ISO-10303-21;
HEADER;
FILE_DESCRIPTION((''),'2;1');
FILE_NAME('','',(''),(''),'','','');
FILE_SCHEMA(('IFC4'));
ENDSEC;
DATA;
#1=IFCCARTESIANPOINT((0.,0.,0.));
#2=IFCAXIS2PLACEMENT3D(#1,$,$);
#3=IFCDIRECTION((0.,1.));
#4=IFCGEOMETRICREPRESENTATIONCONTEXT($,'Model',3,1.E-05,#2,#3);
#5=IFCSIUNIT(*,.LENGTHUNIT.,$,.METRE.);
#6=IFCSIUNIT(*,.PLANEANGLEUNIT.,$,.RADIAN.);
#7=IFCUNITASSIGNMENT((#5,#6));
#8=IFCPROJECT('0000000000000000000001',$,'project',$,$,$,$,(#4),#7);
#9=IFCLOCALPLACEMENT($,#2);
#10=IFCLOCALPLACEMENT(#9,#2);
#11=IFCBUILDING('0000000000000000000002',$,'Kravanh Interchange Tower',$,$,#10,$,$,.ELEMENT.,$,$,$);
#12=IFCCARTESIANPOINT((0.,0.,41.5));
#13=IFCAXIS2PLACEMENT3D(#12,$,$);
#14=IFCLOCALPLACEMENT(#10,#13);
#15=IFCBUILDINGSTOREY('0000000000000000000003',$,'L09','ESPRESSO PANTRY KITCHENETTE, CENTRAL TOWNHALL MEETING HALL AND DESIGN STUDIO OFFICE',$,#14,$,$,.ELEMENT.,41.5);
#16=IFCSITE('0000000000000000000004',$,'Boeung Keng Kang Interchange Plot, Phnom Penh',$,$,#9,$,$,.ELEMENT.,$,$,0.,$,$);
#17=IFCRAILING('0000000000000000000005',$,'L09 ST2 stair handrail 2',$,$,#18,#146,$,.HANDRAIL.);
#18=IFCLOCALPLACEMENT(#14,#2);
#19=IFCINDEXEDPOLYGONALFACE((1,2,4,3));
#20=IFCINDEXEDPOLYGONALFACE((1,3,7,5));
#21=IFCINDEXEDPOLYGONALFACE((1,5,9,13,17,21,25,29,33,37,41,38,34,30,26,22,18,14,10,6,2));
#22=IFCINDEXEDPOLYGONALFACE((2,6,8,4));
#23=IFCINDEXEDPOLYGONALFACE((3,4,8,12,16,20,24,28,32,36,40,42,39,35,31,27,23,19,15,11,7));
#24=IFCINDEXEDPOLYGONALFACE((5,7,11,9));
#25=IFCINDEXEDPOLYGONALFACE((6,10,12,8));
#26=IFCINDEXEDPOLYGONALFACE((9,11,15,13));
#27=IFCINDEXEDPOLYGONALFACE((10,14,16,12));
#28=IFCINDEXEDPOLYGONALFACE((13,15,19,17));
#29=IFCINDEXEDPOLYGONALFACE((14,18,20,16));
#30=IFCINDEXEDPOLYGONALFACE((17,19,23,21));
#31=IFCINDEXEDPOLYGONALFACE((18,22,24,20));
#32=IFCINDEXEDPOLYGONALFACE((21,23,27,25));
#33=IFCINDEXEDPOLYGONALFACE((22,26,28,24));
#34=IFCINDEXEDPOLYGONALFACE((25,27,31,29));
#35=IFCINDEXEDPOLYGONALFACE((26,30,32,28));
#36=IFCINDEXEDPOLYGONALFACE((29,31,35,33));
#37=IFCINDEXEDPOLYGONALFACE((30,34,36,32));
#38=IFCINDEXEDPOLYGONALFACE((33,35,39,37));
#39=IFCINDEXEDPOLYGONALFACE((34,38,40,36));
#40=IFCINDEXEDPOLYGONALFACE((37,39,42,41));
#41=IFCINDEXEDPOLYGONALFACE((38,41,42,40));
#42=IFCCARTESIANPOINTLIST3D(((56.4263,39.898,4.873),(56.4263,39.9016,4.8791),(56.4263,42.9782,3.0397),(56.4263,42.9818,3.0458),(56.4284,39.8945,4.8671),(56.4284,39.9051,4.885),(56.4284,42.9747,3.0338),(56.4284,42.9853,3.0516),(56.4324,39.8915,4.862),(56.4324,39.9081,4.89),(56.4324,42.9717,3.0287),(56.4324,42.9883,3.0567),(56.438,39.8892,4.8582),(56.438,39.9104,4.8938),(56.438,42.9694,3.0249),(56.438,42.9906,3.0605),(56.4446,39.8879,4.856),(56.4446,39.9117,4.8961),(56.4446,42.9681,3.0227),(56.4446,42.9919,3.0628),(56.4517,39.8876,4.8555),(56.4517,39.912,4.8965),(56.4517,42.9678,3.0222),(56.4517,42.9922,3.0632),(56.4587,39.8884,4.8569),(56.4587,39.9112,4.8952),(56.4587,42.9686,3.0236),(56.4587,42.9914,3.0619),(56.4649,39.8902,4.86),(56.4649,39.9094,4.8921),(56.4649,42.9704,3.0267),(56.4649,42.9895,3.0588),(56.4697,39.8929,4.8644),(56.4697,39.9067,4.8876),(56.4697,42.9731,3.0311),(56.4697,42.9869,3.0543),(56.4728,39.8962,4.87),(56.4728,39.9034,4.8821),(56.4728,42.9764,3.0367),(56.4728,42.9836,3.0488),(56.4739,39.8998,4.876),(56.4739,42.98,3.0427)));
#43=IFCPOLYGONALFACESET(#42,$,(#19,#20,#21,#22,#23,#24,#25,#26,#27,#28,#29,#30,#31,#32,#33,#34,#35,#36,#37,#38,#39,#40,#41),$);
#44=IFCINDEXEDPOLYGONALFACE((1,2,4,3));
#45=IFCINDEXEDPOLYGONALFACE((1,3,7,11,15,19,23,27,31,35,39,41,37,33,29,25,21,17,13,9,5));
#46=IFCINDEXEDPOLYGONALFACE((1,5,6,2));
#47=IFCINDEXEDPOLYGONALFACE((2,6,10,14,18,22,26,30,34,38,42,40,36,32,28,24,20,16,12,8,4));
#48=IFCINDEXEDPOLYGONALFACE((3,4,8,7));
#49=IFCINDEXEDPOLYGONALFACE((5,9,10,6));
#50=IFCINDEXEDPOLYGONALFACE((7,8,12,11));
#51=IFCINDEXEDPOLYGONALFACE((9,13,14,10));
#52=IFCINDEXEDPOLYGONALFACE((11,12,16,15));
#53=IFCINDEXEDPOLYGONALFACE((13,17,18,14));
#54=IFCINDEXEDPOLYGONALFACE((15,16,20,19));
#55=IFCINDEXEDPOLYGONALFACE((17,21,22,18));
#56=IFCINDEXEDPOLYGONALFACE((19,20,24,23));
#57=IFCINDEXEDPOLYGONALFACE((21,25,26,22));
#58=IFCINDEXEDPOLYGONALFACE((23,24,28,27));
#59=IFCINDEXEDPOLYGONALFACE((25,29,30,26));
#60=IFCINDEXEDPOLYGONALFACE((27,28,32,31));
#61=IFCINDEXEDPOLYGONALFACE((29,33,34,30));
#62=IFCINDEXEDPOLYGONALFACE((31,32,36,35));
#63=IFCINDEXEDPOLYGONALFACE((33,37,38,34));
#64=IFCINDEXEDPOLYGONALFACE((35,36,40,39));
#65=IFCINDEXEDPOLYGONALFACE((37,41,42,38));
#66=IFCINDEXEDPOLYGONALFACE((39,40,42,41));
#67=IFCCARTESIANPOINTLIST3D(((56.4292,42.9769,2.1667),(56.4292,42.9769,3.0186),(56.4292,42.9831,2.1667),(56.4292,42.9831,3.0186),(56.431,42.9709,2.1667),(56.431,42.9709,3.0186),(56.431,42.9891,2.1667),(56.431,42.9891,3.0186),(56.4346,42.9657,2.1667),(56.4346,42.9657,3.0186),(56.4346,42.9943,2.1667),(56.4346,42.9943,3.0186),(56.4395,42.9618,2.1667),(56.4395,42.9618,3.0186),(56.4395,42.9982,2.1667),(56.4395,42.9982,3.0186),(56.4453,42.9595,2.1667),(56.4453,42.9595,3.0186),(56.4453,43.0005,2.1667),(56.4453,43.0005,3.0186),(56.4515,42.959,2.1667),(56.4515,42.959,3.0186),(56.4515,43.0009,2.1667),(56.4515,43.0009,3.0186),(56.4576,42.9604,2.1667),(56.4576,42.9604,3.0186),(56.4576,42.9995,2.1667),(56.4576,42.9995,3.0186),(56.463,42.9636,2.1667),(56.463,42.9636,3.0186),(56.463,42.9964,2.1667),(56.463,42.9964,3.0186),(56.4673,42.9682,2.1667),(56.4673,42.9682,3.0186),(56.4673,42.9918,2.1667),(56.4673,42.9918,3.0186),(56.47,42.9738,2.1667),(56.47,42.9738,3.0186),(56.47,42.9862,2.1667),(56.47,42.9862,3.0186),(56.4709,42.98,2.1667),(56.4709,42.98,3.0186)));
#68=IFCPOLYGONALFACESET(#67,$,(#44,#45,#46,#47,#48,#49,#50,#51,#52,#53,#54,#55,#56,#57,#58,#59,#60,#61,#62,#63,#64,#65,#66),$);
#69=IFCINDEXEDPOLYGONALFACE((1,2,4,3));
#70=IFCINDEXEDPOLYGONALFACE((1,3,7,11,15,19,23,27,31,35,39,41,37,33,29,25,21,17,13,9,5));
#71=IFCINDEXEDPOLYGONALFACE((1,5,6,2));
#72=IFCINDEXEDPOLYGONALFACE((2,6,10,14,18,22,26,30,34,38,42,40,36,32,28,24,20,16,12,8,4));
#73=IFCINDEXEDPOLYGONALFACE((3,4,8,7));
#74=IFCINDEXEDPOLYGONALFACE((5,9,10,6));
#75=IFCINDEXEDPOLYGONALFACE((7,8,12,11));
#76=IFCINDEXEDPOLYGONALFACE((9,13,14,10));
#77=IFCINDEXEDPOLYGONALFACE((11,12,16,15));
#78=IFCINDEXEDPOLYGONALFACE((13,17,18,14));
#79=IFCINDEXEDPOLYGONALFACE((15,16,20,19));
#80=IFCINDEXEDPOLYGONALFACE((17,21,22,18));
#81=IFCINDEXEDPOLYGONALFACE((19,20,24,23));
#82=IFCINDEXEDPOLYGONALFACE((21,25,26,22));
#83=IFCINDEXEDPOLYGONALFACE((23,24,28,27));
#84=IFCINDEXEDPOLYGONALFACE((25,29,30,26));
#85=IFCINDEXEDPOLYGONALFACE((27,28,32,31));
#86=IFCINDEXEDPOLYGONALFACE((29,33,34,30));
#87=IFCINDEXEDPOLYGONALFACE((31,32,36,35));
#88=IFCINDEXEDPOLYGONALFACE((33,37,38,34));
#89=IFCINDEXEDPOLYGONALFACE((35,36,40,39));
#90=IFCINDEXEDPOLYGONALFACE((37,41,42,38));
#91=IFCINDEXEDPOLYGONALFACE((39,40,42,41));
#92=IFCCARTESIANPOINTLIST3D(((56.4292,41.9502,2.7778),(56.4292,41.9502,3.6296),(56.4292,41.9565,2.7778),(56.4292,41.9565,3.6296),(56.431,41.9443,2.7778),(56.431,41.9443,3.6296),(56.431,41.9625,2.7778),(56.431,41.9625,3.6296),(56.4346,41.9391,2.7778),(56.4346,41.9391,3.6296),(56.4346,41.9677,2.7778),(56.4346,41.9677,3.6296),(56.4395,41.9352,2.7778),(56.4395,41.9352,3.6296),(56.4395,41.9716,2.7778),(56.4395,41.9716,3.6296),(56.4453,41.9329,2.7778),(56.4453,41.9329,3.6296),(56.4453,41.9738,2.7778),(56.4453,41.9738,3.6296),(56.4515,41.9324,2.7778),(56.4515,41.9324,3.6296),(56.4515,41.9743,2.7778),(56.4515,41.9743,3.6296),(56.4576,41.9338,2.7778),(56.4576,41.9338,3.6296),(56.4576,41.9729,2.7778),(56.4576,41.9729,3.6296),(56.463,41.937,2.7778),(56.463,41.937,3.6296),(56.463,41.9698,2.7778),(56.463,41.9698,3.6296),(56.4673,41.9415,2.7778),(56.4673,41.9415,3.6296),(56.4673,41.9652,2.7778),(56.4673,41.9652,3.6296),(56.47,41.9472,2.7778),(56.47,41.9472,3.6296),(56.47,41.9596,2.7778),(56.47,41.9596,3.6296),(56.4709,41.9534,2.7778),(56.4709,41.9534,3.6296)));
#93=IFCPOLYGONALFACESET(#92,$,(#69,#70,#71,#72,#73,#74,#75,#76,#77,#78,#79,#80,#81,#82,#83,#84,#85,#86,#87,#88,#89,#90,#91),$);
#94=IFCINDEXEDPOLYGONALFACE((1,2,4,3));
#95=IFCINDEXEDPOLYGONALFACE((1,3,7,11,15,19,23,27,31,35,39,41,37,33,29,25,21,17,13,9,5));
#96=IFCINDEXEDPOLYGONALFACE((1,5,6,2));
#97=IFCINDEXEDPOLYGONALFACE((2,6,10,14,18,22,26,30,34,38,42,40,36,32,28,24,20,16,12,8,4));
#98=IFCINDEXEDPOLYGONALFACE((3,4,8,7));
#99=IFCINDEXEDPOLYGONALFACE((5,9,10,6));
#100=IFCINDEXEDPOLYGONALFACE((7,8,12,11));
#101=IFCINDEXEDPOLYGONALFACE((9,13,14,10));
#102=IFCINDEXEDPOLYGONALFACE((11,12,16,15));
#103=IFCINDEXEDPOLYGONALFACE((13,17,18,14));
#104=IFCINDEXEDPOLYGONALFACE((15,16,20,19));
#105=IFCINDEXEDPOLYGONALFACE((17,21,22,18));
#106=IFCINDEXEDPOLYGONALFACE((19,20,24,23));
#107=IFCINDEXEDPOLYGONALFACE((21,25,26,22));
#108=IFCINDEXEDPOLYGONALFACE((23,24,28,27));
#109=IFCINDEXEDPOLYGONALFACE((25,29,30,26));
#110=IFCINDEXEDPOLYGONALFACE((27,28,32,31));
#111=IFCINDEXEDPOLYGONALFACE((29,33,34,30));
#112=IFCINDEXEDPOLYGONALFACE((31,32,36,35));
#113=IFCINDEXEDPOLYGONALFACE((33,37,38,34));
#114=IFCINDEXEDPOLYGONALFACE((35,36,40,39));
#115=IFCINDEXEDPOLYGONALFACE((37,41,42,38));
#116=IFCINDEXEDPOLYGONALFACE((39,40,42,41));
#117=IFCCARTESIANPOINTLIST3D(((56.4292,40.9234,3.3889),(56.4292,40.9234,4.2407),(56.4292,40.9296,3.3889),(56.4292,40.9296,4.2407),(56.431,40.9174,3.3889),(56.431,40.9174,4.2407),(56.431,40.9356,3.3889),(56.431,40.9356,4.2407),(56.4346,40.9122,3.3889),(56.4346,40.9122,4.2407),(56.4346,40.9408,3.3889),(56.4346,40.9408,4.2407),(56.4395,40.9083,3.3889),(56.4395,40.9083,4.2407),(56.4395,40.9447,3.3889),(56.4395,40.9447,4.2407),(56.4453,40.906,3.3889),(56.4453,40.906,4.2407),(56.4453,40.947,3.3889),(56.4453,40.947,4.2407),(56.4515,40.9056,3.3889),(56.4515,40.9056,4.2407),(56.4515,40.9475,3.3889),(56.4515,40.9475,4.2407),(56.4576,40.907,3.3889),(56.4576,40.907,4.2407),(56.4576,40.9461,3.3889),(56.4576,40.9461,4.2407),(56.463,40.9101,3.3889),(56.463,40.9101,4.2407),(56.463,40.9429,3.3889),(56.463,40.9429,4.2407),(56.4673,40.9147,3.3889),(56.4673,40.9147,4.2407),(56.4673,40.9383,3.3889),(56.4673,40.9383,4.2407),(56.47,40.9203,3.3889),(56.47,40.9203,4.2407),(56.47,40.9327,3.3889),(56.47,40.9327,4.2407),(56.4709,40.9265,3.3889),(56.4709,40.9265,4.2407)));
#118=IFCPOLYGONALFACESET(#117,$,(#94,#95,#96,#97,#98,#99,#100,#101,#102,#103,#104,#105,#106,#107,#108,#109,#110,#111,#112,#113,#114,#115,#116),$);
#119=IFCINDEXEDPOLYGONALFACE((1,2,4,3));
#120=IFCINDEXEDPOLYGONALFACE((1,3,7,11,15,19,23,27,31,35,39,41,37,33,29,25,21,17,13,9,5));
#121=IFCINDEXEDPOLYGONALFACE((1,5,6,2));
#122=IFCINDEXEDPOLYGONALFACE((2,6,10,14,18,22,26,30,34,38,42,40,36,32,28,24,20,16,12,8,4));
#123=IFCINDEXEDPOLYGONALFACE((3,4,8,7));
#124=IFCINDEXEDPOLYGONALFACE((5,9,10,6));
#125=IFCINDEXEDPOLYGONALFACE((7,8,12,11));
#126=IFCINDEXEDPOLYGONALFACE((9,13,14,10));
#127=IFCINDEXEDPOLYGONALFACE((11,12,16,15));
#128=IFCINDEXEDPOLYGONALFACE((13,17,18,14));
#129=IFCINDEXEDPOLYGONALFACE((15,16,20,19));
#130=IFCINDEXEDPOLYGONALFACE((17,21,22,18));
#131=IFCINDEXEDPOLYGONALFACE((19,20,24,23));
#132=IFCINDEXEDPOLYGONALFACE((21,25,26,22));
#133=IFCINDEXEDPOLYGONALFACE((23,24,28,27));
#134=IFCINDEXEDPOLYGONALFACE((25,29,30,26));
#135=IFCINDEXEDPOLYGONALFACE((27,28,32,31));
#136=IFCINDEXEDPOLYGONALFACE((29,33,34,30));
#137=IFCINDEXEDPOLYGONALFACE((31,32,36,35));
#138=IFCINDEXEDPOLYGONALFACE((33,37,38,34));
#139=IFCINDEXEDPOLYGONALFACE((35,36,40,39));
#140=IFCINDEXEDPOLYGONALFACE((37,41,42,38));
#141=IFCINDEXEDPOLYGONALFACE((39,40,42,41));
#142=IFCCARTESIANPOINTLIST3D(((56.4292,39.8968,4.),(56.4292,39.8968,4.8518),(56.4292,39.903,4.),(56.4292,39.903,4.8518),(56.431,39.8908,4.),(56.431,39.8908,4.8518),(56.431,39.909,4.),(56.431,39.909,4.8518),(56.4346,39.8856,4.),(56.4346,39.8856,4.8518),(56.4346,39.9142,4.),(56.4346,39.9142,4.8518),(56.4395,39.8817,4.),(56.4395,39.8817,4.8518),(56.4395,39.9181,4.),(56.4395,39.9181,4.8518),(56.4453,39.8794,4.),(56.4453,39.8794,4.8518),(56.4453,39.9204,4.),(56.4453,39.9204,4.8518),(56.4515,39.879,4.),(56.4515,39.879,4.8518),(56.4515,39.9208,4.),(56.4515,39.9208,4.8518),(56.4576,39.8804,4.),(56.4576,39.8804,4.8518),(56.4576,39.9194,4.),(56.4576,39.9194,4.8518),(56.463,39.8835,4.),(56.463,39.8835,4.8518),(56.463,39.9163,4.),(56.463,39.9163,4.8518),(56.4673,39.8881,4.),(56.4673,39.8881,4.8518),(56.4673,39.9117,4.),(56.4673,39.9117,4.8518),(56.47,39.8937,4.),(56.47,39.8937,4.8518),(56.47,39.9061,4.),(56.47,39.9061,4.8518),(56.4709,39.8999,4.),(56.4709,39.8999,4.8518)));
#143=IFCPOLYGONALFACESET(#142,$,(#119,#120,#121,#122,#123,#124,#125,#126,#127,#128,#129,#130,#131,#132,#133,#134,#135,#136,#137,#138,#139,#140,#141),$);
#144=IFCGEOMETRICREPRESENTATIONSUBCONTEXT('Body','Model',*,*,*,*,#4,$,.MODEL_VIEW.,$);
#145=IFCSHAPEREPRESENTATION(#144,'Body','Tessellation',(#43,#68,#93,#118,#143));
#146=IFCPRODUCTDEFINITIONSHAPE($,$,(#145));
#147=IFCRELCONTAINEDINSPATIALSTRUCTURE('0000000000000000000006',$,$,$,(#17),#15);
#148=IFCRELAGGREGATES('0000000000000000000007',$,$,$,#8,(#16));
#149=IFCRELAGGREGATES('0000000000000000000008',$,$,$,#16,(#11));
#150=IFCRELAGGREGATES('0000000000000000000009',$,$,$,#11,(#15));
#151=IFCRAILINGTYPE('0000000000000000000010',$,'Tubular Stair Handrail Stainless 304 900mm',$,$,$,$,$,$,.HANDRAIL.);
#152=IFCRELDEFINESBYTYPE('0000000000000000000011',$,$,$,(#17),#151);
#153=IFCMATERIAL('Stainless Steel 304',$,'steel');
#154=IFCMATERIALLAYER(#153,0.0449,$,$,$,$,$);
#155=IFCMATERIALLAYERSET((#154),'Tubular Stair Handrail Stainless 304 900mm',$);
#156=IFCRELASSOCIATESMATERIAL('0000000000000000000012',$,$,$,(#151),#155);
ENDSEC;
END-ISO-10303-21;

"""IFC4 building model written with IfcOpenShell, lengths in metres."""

from ifc_helpers import new_model, si_unit, direction, frame, origin, origin_2d, place, context, subcontext, project, spatial, circle, extrude, material, layer, layer_set, type_object, element, save


model = new_model("IFC4")

# Units and contexts
model_context = context("Model", 3, precision=1e-05, world=origin(), true_north=direction((0.0, 1.0)))
body_context = subcontext(model_context, "Body", "Model", "MODEL_VIEW")
ifc_project = project(units=[si_unit("LENGTHUNIT", "METRE"), si_unit("PLANEANGLEUNIT", "RADIAN")], contexts=[model_context])

# Site, building, storey
site_placement = place(None, origin())
site = spatial("IfcSite", under=ifc_project, at=site_placement, Name="Boeung Keng Kang Interchange Plot, Phnom Penh", CompositionType="ELEMENT", RefElevation=0.0)
building_placement = place(site_placement, origin())
building = spatial("IfcBuilding", under=site, at=building_placement, Name="Kravanh Interchange Tower", CompositionType="ELEMENT")
storey_placement = place(building_placement, frame((0.0, 0.0, 41.5)))
storey = spatial("IfcBuildingStorey", under=building, at=storey_placement, Name="L09", Description="ESPRESSO PANTRY KITCHENETTE, CENTRAL TOWNHALL MEETING HALL AND DESIGN STUDIO OFFICE", CompositionType="ELEMENT", Elevation=41.5)

# Railing
ifc_material_1 = material(Name="Stainless Steel 304", Category="steel")
ifc_layer_1 = layer(ifc_material_1, 0.0449)
ifc_layer_set_1 = layer_set([ifc_layer_1], Name="Tubular Stair Handrail Stainless 304 900mm")
railing_type_1 = type_object("IfcRailingType", Name="Tubular Stair Handrail Stainless 304 900mm", PredefinedType="HANDRAIL", material=ifc_layer_set_1)
railing_1_placement = place(storey_placement, frame((56.45, 42.98, 2.1667)))
element("IfcRailing", 1, at=railing_1_placement, inside=storey, type_object=railing_type_1, Name="L09 ST2 stair handrail 2", PredefinedType="HANDRAIL", context=body_context, shape_type="SweptSolid", body=[
    extrude(circle(Radius=0.0239, at=origin_2d()), frame((0.0, 0.0, 0.876), z_axis=(0.0, -0.859309, 0.511458), x_axis=(1.0, 0.0, 0.0)), (0.0, 0.0, 1.0), 3.5845),
    extrude(circle(Radius=0.021, at=origin_2d()), origin(), (0.0, 0.0, 1.0), 0.8518),
    extrude(circle(Radius=0.021, at=origin_2d()), frame((0.0, -1.0266, 0.6111)), (0.0, 0.0, 1.0), 0.8518),
    extrude(circle(Radius=0.021, at=origin_2d()), frame((0.0, -2.0535, 1.2222)), (0.0, 0.0, 1.0), 0.8518),
    extrude(circle(Radius=0.021, at=origin_2d()), frame((0.0, -3.0801, 1.8333)), (0.0, 0.0, 1.0), 0.8518),
])

save(model, "model.ifc")
